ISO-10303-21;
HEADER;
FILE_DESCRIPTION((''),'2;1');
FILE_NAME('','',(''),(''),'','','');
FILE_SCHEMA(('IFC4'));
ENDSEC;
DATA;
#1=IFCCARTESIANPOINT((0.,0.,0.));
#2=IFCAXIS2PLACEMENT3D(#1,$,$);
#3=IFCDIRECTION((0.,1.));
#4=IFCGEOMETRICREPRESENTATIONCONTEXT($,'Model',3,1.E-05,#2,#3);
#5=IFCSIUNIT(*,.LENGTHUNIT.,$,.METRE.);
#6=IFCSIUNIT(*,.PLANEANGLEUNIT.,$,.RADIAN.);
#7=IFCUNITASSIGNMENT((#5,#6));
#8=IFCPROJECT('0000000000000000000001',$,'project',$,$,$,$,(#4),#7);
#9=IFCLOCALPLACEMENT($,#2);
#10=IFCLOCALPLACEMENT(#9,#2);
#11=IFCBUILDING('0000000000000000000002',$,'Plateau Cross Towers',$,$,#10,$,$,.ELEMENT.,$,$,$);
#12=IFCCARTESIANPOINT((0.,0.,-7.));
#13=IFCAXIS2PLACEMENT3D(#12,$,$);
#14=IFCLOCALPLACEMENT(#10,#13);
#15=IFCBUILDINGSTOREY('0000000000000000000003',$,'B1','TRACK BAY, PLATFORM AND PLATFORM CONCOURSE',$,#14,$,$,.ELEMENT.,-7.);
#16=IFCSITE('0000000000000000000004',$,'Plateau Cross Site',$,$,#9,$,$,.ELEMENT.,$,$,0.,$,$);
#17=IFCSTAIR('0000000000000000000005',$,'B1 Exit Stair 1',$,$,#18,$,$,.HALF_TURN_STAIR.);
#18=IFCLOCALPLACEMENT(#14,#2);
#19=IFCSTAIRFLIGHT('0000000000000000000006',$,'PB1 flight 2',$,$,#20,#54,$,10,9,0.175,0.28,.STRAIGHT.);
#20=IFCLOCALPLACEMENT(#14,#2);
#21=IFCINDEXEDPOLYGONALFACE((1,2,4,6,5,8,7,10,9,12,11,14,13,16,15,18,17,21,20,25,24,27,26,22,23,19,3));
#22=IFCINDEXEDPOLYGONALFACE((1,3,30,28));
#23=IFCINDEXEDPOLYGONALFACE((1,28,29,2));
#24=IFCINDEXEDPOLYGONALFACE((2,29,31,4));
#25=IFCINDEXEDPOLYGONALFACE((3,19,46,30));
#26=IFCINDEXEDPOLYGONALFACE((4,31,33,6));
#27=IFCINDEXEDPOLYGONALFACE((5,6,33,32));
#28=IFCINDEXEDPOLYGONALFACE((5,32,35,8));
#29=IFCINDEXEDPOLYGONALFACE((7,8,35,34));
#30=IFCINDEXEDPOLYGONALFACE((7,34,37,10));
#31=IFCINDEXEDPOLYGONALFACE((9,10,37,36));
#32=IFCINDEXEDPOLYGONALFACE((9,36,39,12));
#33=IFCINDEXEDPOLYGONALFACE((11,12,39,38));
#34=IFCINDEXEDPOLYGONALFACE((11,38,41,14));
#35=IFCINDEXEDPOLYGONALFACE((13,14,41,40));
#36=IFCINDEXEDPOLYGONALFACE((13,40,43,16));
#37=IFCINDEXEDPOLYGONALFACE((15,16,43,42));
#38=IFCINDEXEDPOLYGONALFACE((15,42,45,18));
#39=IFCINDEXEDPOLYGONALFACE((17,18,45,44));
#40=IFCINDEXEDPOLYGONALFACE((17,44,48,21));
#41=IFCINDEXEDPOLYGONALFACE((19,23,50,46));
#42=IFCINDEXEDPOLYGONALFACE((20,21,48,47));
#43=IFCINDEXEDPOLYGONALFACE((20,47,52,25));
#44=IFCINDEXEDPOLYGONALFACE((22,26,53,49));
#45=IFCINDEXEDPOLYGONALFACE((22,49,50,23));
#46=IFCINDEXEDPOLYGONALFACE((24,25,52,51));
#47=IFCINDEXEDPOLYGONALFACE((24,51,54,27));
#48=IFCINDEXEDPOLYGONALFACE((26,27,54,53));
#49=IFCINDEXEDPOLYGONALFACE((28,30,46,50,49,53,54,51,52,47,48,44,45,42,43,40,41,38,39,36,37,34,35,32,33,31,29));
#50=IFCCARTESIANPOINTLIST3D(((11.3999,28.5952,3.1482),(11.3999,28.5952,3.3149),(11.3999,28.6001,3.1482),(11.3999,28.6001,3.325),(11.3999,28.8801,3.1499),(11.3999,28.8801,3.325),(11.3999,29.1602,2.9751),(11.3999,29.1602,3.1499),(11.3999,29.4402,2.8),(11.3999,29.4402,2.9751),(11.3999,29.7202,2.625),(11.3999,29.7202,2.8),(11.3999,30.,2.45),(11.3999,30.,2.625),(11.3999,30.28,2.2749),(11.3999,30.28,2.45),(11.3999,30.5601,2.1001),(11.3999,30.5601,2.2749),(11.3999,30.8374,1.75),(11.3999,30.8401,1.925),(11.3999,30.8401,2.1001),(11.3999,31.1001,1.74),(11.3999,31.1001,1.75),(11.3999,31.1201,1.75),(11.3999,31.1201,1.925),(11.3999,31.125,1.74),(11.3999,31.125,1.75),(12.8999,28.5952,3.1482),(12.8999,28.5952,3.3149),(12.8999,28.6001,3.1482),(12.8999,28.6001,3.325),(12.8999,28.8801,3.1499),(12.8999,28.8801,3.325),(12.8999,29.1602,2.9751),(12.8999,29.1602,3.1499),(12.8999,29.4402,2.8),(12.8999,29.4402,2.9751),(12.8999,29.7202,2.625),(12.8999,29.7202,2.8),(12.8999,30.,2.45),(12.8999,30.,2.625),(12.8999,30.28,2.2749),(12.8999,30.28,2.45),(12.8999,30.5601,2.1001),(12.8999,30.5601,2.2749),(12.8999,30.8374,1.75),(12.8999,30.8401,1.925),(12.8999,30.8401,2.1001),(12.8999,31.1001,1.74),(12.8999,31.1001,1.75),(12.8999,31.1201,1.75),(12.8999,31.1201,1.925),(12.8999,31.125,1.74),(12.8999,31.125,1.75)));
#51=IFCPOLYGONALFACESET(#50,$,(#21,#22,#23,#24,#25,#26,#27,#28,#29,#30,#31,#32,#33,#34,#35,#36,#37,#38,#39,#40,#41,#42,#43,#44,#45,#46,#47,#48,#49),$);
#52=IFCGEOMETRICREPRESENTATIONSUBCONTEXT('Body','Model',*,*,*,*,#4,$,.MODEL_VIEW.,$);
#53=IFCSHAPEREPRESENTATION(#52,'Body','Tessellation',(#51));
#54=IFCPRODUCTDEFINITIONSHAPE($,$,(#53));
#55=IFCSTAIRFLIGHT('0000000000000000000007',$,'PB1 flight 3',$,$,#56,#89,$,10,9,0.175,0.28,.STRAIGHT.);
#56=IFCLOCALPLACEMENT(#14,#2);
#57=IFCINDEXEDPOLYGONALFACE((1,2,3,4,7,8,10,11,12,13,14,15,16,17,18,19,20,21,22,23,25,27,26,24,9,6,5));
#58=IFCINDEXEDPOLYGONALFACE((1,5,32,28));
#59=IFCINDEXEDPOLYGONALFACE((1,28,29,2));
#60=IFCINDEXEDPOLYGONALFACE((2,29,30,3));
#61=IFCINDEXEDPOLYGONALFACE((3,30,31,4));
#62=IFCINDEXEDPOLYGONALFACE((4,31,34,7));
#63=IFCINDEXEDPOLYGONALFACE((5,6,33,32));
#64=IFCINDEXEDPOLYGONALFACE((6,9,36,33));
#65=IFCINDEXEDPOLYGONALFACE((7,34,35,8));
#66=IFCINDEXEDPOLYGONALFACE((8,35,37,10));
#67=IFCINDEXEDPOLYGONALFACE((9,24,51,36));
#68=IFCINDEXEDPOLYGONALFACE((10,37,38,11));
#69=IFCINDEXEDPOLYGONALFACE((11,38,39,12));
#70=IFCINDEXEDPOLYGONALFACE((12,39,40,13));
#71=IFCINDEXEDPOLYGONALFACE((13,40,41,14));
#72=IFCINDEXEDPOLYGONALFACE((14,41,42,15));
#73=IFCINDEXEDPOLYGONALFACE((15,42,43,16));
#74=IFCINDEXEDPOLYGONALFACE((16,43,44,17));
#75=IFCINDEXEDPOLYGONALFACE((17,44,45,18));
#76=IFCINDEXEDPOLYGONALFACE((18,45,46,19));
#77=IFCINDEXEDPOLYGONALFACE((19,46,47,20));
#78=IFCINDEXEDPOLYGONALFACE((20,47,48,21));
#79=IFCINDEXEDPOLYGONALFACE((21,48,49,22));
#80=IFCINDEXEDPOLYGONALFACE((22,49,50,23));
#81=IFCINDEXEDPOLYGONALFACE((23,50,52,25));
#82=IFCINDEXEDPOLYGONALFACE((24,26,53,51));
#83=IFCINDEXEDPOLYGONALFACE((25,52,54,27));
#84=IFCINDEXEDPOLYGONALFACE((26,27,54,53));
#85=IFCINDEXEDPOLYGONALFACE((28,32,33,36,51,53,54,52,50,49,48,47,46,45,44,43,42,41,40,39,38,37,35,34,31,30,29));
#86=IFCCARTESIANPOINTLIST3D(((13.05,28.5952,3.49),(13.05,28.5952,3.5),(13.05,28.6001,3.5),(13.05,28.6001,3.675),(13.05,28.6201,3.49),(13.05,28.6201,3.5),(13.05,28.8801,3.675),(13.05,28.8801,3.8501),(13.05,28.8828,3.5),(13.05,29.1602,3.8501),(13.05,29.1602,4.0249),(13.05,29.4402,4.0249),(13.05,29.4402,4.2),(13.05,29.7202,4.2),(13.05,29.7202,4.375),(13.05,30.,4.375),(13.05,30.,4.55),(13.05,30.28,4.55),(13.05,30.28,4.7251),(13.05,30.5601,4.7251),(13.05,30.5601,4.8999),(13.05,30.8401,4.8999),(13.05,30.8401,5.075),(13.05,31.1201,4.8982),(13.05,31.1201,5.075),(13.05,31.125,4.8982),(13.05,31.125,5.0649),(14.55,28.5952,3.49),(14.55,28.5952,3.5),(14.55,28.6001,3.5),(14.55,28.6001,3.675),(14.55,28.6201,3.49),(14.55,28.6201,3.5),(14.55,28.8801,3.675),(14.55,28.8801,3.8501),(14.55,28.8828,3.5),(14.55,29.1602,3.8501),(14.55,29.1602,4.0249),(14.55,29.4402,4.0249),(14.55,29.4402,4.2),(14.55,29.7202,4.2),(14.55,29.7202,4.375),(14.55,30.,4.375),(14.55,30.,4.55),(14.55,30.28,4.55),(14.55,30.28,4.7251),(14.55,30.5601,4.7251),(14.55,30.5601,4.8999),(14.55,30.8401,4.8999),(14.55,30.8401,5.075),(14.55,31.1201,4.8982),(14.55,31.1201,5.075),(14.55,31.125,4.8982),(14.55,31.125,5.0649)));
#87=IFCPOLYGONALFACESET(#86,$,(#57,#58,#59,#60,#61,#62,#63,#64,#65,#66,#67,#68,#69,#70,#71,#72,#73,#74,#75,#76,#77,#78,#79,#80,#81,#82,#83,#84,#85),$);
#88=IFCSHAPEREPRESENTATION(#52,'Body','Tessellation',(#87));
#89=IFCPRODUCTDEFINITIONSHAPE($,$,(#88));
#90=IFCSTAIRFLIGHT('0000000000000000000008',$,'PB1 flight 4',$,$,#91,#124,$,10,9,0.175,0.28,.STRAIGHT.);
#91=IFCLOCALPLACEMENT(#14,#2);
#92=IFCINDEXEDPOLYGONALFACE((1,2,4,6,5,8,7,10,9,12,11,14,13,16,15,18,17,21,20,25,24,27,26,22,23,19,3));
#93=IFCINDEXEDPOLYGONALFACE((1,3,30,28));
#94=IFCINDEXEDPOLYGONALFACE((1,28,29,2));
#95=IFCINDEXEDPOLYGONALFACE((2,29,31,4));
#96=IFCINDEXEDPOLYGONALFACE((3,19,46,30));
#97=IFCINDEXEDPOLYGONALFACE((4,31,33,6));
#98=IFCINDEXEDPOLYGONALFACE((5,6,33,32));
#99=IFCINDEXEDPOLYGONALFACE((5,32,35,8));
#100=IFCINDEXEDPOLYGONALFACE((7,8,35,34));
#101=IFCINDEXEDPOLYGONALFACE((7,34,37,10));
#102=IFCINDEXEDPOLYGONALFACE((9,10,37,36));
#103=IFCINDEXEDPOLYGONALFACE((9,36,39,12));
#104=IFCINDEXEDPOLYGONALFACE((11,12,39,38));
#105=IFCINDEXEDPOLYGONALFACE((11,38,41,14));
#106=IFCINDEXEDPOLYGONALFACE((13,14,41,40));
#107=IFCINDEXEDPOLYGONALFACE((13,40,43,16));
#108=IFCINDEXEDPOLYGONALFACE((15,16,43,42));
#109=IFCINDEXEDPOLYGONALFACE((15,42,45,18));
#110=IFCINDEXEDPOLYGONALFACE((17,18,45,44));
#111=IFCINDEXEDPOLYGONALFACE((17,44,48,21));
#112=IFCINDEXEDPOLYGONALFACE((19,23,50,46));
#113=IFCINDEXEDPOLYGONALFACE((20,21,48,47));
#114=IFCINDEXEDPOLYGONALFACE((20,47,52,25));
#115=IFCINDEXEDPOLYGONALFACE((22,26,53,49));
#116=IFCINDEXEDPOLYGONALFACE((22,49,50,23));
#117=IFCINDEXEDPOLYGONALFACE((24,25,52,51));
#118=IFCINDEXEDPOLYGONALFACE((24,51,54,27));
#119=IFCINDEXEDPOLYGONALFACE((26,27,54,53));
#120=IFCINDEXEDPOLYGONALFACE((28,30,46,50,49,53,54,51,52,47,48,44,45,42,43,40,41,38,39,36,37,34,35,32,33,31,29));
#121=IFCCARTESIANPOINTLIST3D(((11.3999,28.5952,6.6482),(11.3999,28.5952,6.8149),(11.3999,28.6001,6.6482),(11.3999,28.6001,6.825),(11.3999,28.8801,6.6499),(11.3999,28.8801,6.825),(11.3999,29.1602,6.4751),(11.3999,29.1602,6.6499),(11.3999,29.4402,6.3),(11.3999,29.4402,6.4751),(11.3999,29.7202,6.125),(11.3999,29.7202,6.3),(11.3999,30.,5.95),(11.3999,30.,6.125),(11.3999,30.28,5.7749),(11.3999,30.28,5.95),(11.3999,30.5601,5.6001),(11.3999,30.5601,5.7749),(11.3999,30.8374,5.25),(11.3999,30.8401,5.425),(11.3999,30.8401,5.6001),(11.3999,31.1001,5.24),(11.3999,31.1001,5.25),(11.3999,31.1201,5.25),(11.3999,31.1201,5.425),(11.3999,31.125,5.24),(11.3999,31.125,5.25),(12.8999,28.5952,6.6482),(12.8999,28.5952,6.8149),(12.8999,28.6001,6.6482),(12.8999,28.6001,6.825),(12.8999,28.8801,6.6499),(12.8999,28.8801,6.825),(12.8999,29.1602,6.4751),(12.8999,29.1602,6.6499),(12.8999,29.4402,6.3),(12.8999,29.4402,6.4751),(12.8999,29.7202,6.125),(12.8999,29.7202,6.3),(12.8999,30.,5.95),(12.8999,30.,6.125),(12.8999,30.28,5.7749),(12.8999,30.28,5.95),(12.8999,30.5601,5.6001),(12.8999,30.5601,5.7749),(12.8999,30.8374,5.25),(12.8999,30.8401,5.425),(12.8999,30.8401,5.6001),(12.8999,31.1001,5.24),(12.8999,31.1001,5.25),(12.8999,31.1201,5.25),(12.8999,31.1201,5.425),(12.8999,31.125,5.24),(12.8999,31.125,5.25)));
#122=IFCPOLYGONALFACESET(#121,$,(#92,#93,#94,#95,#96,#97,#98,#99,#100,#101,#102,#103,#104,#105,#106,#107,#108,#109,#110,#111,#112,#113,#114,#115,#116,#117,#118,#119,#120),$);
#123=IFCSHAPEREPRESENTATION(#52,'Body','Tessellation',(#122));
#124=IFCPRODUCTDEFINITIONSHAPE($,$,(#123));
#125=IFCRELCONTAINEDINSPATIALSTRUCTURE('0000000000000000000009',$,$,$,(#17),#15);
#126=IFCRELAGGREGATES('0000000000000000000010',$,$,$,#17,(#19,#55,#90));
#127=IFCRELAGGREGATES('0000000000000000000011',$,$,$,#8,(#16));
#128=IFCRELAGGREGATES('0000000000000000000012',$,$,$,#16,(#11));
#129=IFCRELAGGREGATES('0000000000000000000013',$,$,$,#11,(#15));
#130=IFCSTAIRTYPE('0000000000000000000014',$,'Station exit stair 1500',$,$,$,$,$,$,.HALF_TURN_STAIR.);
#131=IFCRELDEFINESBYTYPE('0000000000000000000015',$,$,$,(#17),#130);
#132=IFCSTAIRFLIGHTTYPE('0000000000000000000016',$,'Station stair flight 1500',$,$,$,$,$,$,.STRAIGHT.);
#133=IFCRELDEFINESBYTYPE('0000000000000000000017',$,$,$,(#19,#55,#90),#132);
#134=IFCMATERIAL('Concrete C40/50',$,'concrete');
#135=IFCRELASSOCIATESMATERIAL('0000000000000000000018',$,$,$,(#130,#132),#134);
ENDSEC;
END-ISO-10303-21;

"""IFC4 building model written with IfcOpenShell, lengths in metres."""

from ifc_helpers import new_model, si_unit, direction, frame, origin, place, context, subcontext, project, spatial, polyline, outline, extrude, material, type_object, element, aggregate, save


model = new_model("IFC4")

# Units and contexts
model_context = context("Model", 3, precision=1e-05, world=origin(), true_north=direction((0.0, 1.0)))
body_context = subcontext(model_context, "Body", "Model", "MODEL_VIEW")
ifc_project = project(units=[si_unit("LENGTHUNIT", "METRE"), si_unit("PLANEANGLEUNIT", "RADIAN")], contexts=[model_context])

# Site, building, storey
site_placement = place(None, origin())
site = spatial("IfcSite", under=ifc_project, at=site_placement, Name="Plateau Cross Site", CompositionType="ELEMENT", RefElevation=0.0)
building_placement = place(site_placement, origin())
building = spatial("IfcBuilding", under=site, at=building_placement, Name="Plateau Cross Towers", CompositionType="ELEMENT")
storey_placement = place(building_placement, frame((0.0, 0.0, -7.0)))
storey = spatial("IfcBuildingStorey", under=building, at=storey_placement, Name="B1", Description="TRACK BAY, PLATFORM AND PLATFORM CONCOURSE", CompositionType="ELEMENT", Elevation=-7.0)

# Shared definitions
ifc_material_1 = material(Name="Concrete C40/50", Category="concrete")

# Stair, stair flights
stair_type = type_object("IfcStairType", Name="Station exit stair 1500", PredefinedType="HALF_TURN_STAIR", material=ifc_material_1)
stair_placement = place(storey_placement, origin())
stair = element("IfcStair", 1, at=stair_placement, inside=storey, type_object=stair_type, Name="B1 Exit Stair 1", PredefinedType="HALF_TURN_STAIR")
stair_flight_type = type_object("IfcStairFlightType", Name="Station stair flight 1500", PredefinedType="STRAIGHT", material=ifc_material_1)
stair_flight_1_placement = place(storey_placement, frame((12.1499, 31.1201, 1.75), z_axis=(0.0, 0.0, 1.0), x_axis=(0.0, -1.0, 0.0)))
stair_flight_1 = element("IfcStairFlight", 2, at=stair_flight_1_placement, type_object=stair_flight_type, Name="PB1 flight 2", NumberOfRisers=10, NumberOfTreads=9, PredefinedType="STRAIGHT", RiserHeight=0.175, TreadLength=0.28, context=body_context, shape_type="SweptSolid", body=[
    extrude(outline(polyline([(-0.0049, -0.01), (-0.0049, 0.0), (0.0, 0.0), (0.0, 0.175), (0.28, 0.175), (0.28, 0.3501), (0.5601, 0.3501), (0.5601, 0.5249), (0.8401, 0.5249), (0.8401, 0.7), (1.1201, 0.7), (1.1201, 0.875), (1.3999, 0.875), (1.3999, 1.05), (1.6799, 1.05), (1.6799, 1.2251), (1.96, 1.2251), (1.96, 1.3999), (2.24, 1.3999), (2.24, 1.575), (2.52, 1.575), (2.5249, 1.5649), (2.5249, 1.3982), (2.52, 1.3982), (0.2827, 0.0), (0.02, 0.0), (0.02, -0.01), (-0.0049, -0.01)])), frame((0.0, 0.75, 0.0), z_axis=(0.0, -1.0, 0.0), x_axis=(1.0, 0.0, 0.0)), (0.0, 0.0, 1.0), 1.5),
])
stair_flight_2_placement = place(storey_placement, frame((13.8, 28.6001, 3.5), z_axis=(0.0, 0.0, 1.0), x_axis=(0.0, 1.0, 0.0)))
stair_flight_2 = element("IfcStairFlight", 3, at=stair_flight_2_placement, type_object=stair_flight_type, Name="PB1 flight 3", NumberOfRisers=10, NumberOfTreads=9, PredefinedType="STRAIGHT", RiserHeight=0.175, TreadLength=0.28, context=body_context, shape_type="SweptSolid", body=[
    extrude(outline(polyline([(-0.0049, -0.01), (-0.0049, 0.0), (0.0, 0.0), (0.0, 0.175), (0.28, 0.175), (0.28, 0.3501), (0.5601, 0.3501), (0.5601, 0.5249), (0.8401, 0.5249), (0.8401, 0.7), (1.1201, 0.7), (1.1201, 0.875), (1.3999, 0.875), (1.3999, 1.05), (1.6799, 1.05), (1.6799, 1.2251), (1.96, 1.2251), (1.96, 1.3999), (2.24, 1.3999), (2.24, 1.575), (2.52, 1.575), (2.5249, 1.5649), (2.5249, 1.3982), (2.52, 1.3982), (0.2827, 0.0), (0.02, 0.0), (0.02, -0.01), (-0.0049, -0.01)])), frame((0.0, 0.75, 0.0), z_axis=(0.0, -1.0, 0.0), x_axis=(1.0, 0.0, 0.0)), (0.0, 0.0, 1.0), 1.5),
])
stair_flight_3_placement = place(storey_placement, frame((12.1499, 31.1201, 5.25), z_axis=(0.0, 0.0, 1.0), x_axis=(0.0, -1.0, 0.0)))
stair_flight_3 = element("IfcStairFlight", 4, at=stair_flight_3_placement, type_object=stair_flight_type, Name="PB1 flight 4", NumberOfRisers=10, NumberOfTreads=9, PredefinedType="STRAIGHT", RiserHeight=0.175, TreadLength=0.28, context=body_context, shape_type="SweptSolid", body=[
    extrude(outline(polyline([(-0.0049, -0.01), (-0.0049, 0.0), (0.0, 0.0), (0.0, 0.175), (0.28, 0.175), (0.28, 0.3501), (0.5601, 0.3501), (0.5601, 0.5249), (0.8401, 0.5249), (0.8401, 0.7), (1.1201, 0.7), (1.1201, 0.875), (1.3999, 0.875), (1.3999, 1.05), (1.6799, 1.05), (1.6799, 1.2251), (1.96, 1.2251), (1.96, 1.3999), (2.24, 1.3999), (2.24, 1.575), (2.52, 1.575), (2.5249, 1.5649), (2.5249, 1.3982), (2.52, 1.3982), (0.2827, 0.0), (0.02, 0.0), (0.02, -0.01), (-0.0049, -0.01)])), frame((0.0, 0.75, 0.0), z_axis=(0.0, -1.0, 0.0), x_axis=(1.0, 0.0, 0.0)), (0.0, 0.0, 1.0), 1.5),
])
aggregate(stair, [stair_flight_1, stair_flight_2, stair_flight_3])

save(model, "model.ifc")
